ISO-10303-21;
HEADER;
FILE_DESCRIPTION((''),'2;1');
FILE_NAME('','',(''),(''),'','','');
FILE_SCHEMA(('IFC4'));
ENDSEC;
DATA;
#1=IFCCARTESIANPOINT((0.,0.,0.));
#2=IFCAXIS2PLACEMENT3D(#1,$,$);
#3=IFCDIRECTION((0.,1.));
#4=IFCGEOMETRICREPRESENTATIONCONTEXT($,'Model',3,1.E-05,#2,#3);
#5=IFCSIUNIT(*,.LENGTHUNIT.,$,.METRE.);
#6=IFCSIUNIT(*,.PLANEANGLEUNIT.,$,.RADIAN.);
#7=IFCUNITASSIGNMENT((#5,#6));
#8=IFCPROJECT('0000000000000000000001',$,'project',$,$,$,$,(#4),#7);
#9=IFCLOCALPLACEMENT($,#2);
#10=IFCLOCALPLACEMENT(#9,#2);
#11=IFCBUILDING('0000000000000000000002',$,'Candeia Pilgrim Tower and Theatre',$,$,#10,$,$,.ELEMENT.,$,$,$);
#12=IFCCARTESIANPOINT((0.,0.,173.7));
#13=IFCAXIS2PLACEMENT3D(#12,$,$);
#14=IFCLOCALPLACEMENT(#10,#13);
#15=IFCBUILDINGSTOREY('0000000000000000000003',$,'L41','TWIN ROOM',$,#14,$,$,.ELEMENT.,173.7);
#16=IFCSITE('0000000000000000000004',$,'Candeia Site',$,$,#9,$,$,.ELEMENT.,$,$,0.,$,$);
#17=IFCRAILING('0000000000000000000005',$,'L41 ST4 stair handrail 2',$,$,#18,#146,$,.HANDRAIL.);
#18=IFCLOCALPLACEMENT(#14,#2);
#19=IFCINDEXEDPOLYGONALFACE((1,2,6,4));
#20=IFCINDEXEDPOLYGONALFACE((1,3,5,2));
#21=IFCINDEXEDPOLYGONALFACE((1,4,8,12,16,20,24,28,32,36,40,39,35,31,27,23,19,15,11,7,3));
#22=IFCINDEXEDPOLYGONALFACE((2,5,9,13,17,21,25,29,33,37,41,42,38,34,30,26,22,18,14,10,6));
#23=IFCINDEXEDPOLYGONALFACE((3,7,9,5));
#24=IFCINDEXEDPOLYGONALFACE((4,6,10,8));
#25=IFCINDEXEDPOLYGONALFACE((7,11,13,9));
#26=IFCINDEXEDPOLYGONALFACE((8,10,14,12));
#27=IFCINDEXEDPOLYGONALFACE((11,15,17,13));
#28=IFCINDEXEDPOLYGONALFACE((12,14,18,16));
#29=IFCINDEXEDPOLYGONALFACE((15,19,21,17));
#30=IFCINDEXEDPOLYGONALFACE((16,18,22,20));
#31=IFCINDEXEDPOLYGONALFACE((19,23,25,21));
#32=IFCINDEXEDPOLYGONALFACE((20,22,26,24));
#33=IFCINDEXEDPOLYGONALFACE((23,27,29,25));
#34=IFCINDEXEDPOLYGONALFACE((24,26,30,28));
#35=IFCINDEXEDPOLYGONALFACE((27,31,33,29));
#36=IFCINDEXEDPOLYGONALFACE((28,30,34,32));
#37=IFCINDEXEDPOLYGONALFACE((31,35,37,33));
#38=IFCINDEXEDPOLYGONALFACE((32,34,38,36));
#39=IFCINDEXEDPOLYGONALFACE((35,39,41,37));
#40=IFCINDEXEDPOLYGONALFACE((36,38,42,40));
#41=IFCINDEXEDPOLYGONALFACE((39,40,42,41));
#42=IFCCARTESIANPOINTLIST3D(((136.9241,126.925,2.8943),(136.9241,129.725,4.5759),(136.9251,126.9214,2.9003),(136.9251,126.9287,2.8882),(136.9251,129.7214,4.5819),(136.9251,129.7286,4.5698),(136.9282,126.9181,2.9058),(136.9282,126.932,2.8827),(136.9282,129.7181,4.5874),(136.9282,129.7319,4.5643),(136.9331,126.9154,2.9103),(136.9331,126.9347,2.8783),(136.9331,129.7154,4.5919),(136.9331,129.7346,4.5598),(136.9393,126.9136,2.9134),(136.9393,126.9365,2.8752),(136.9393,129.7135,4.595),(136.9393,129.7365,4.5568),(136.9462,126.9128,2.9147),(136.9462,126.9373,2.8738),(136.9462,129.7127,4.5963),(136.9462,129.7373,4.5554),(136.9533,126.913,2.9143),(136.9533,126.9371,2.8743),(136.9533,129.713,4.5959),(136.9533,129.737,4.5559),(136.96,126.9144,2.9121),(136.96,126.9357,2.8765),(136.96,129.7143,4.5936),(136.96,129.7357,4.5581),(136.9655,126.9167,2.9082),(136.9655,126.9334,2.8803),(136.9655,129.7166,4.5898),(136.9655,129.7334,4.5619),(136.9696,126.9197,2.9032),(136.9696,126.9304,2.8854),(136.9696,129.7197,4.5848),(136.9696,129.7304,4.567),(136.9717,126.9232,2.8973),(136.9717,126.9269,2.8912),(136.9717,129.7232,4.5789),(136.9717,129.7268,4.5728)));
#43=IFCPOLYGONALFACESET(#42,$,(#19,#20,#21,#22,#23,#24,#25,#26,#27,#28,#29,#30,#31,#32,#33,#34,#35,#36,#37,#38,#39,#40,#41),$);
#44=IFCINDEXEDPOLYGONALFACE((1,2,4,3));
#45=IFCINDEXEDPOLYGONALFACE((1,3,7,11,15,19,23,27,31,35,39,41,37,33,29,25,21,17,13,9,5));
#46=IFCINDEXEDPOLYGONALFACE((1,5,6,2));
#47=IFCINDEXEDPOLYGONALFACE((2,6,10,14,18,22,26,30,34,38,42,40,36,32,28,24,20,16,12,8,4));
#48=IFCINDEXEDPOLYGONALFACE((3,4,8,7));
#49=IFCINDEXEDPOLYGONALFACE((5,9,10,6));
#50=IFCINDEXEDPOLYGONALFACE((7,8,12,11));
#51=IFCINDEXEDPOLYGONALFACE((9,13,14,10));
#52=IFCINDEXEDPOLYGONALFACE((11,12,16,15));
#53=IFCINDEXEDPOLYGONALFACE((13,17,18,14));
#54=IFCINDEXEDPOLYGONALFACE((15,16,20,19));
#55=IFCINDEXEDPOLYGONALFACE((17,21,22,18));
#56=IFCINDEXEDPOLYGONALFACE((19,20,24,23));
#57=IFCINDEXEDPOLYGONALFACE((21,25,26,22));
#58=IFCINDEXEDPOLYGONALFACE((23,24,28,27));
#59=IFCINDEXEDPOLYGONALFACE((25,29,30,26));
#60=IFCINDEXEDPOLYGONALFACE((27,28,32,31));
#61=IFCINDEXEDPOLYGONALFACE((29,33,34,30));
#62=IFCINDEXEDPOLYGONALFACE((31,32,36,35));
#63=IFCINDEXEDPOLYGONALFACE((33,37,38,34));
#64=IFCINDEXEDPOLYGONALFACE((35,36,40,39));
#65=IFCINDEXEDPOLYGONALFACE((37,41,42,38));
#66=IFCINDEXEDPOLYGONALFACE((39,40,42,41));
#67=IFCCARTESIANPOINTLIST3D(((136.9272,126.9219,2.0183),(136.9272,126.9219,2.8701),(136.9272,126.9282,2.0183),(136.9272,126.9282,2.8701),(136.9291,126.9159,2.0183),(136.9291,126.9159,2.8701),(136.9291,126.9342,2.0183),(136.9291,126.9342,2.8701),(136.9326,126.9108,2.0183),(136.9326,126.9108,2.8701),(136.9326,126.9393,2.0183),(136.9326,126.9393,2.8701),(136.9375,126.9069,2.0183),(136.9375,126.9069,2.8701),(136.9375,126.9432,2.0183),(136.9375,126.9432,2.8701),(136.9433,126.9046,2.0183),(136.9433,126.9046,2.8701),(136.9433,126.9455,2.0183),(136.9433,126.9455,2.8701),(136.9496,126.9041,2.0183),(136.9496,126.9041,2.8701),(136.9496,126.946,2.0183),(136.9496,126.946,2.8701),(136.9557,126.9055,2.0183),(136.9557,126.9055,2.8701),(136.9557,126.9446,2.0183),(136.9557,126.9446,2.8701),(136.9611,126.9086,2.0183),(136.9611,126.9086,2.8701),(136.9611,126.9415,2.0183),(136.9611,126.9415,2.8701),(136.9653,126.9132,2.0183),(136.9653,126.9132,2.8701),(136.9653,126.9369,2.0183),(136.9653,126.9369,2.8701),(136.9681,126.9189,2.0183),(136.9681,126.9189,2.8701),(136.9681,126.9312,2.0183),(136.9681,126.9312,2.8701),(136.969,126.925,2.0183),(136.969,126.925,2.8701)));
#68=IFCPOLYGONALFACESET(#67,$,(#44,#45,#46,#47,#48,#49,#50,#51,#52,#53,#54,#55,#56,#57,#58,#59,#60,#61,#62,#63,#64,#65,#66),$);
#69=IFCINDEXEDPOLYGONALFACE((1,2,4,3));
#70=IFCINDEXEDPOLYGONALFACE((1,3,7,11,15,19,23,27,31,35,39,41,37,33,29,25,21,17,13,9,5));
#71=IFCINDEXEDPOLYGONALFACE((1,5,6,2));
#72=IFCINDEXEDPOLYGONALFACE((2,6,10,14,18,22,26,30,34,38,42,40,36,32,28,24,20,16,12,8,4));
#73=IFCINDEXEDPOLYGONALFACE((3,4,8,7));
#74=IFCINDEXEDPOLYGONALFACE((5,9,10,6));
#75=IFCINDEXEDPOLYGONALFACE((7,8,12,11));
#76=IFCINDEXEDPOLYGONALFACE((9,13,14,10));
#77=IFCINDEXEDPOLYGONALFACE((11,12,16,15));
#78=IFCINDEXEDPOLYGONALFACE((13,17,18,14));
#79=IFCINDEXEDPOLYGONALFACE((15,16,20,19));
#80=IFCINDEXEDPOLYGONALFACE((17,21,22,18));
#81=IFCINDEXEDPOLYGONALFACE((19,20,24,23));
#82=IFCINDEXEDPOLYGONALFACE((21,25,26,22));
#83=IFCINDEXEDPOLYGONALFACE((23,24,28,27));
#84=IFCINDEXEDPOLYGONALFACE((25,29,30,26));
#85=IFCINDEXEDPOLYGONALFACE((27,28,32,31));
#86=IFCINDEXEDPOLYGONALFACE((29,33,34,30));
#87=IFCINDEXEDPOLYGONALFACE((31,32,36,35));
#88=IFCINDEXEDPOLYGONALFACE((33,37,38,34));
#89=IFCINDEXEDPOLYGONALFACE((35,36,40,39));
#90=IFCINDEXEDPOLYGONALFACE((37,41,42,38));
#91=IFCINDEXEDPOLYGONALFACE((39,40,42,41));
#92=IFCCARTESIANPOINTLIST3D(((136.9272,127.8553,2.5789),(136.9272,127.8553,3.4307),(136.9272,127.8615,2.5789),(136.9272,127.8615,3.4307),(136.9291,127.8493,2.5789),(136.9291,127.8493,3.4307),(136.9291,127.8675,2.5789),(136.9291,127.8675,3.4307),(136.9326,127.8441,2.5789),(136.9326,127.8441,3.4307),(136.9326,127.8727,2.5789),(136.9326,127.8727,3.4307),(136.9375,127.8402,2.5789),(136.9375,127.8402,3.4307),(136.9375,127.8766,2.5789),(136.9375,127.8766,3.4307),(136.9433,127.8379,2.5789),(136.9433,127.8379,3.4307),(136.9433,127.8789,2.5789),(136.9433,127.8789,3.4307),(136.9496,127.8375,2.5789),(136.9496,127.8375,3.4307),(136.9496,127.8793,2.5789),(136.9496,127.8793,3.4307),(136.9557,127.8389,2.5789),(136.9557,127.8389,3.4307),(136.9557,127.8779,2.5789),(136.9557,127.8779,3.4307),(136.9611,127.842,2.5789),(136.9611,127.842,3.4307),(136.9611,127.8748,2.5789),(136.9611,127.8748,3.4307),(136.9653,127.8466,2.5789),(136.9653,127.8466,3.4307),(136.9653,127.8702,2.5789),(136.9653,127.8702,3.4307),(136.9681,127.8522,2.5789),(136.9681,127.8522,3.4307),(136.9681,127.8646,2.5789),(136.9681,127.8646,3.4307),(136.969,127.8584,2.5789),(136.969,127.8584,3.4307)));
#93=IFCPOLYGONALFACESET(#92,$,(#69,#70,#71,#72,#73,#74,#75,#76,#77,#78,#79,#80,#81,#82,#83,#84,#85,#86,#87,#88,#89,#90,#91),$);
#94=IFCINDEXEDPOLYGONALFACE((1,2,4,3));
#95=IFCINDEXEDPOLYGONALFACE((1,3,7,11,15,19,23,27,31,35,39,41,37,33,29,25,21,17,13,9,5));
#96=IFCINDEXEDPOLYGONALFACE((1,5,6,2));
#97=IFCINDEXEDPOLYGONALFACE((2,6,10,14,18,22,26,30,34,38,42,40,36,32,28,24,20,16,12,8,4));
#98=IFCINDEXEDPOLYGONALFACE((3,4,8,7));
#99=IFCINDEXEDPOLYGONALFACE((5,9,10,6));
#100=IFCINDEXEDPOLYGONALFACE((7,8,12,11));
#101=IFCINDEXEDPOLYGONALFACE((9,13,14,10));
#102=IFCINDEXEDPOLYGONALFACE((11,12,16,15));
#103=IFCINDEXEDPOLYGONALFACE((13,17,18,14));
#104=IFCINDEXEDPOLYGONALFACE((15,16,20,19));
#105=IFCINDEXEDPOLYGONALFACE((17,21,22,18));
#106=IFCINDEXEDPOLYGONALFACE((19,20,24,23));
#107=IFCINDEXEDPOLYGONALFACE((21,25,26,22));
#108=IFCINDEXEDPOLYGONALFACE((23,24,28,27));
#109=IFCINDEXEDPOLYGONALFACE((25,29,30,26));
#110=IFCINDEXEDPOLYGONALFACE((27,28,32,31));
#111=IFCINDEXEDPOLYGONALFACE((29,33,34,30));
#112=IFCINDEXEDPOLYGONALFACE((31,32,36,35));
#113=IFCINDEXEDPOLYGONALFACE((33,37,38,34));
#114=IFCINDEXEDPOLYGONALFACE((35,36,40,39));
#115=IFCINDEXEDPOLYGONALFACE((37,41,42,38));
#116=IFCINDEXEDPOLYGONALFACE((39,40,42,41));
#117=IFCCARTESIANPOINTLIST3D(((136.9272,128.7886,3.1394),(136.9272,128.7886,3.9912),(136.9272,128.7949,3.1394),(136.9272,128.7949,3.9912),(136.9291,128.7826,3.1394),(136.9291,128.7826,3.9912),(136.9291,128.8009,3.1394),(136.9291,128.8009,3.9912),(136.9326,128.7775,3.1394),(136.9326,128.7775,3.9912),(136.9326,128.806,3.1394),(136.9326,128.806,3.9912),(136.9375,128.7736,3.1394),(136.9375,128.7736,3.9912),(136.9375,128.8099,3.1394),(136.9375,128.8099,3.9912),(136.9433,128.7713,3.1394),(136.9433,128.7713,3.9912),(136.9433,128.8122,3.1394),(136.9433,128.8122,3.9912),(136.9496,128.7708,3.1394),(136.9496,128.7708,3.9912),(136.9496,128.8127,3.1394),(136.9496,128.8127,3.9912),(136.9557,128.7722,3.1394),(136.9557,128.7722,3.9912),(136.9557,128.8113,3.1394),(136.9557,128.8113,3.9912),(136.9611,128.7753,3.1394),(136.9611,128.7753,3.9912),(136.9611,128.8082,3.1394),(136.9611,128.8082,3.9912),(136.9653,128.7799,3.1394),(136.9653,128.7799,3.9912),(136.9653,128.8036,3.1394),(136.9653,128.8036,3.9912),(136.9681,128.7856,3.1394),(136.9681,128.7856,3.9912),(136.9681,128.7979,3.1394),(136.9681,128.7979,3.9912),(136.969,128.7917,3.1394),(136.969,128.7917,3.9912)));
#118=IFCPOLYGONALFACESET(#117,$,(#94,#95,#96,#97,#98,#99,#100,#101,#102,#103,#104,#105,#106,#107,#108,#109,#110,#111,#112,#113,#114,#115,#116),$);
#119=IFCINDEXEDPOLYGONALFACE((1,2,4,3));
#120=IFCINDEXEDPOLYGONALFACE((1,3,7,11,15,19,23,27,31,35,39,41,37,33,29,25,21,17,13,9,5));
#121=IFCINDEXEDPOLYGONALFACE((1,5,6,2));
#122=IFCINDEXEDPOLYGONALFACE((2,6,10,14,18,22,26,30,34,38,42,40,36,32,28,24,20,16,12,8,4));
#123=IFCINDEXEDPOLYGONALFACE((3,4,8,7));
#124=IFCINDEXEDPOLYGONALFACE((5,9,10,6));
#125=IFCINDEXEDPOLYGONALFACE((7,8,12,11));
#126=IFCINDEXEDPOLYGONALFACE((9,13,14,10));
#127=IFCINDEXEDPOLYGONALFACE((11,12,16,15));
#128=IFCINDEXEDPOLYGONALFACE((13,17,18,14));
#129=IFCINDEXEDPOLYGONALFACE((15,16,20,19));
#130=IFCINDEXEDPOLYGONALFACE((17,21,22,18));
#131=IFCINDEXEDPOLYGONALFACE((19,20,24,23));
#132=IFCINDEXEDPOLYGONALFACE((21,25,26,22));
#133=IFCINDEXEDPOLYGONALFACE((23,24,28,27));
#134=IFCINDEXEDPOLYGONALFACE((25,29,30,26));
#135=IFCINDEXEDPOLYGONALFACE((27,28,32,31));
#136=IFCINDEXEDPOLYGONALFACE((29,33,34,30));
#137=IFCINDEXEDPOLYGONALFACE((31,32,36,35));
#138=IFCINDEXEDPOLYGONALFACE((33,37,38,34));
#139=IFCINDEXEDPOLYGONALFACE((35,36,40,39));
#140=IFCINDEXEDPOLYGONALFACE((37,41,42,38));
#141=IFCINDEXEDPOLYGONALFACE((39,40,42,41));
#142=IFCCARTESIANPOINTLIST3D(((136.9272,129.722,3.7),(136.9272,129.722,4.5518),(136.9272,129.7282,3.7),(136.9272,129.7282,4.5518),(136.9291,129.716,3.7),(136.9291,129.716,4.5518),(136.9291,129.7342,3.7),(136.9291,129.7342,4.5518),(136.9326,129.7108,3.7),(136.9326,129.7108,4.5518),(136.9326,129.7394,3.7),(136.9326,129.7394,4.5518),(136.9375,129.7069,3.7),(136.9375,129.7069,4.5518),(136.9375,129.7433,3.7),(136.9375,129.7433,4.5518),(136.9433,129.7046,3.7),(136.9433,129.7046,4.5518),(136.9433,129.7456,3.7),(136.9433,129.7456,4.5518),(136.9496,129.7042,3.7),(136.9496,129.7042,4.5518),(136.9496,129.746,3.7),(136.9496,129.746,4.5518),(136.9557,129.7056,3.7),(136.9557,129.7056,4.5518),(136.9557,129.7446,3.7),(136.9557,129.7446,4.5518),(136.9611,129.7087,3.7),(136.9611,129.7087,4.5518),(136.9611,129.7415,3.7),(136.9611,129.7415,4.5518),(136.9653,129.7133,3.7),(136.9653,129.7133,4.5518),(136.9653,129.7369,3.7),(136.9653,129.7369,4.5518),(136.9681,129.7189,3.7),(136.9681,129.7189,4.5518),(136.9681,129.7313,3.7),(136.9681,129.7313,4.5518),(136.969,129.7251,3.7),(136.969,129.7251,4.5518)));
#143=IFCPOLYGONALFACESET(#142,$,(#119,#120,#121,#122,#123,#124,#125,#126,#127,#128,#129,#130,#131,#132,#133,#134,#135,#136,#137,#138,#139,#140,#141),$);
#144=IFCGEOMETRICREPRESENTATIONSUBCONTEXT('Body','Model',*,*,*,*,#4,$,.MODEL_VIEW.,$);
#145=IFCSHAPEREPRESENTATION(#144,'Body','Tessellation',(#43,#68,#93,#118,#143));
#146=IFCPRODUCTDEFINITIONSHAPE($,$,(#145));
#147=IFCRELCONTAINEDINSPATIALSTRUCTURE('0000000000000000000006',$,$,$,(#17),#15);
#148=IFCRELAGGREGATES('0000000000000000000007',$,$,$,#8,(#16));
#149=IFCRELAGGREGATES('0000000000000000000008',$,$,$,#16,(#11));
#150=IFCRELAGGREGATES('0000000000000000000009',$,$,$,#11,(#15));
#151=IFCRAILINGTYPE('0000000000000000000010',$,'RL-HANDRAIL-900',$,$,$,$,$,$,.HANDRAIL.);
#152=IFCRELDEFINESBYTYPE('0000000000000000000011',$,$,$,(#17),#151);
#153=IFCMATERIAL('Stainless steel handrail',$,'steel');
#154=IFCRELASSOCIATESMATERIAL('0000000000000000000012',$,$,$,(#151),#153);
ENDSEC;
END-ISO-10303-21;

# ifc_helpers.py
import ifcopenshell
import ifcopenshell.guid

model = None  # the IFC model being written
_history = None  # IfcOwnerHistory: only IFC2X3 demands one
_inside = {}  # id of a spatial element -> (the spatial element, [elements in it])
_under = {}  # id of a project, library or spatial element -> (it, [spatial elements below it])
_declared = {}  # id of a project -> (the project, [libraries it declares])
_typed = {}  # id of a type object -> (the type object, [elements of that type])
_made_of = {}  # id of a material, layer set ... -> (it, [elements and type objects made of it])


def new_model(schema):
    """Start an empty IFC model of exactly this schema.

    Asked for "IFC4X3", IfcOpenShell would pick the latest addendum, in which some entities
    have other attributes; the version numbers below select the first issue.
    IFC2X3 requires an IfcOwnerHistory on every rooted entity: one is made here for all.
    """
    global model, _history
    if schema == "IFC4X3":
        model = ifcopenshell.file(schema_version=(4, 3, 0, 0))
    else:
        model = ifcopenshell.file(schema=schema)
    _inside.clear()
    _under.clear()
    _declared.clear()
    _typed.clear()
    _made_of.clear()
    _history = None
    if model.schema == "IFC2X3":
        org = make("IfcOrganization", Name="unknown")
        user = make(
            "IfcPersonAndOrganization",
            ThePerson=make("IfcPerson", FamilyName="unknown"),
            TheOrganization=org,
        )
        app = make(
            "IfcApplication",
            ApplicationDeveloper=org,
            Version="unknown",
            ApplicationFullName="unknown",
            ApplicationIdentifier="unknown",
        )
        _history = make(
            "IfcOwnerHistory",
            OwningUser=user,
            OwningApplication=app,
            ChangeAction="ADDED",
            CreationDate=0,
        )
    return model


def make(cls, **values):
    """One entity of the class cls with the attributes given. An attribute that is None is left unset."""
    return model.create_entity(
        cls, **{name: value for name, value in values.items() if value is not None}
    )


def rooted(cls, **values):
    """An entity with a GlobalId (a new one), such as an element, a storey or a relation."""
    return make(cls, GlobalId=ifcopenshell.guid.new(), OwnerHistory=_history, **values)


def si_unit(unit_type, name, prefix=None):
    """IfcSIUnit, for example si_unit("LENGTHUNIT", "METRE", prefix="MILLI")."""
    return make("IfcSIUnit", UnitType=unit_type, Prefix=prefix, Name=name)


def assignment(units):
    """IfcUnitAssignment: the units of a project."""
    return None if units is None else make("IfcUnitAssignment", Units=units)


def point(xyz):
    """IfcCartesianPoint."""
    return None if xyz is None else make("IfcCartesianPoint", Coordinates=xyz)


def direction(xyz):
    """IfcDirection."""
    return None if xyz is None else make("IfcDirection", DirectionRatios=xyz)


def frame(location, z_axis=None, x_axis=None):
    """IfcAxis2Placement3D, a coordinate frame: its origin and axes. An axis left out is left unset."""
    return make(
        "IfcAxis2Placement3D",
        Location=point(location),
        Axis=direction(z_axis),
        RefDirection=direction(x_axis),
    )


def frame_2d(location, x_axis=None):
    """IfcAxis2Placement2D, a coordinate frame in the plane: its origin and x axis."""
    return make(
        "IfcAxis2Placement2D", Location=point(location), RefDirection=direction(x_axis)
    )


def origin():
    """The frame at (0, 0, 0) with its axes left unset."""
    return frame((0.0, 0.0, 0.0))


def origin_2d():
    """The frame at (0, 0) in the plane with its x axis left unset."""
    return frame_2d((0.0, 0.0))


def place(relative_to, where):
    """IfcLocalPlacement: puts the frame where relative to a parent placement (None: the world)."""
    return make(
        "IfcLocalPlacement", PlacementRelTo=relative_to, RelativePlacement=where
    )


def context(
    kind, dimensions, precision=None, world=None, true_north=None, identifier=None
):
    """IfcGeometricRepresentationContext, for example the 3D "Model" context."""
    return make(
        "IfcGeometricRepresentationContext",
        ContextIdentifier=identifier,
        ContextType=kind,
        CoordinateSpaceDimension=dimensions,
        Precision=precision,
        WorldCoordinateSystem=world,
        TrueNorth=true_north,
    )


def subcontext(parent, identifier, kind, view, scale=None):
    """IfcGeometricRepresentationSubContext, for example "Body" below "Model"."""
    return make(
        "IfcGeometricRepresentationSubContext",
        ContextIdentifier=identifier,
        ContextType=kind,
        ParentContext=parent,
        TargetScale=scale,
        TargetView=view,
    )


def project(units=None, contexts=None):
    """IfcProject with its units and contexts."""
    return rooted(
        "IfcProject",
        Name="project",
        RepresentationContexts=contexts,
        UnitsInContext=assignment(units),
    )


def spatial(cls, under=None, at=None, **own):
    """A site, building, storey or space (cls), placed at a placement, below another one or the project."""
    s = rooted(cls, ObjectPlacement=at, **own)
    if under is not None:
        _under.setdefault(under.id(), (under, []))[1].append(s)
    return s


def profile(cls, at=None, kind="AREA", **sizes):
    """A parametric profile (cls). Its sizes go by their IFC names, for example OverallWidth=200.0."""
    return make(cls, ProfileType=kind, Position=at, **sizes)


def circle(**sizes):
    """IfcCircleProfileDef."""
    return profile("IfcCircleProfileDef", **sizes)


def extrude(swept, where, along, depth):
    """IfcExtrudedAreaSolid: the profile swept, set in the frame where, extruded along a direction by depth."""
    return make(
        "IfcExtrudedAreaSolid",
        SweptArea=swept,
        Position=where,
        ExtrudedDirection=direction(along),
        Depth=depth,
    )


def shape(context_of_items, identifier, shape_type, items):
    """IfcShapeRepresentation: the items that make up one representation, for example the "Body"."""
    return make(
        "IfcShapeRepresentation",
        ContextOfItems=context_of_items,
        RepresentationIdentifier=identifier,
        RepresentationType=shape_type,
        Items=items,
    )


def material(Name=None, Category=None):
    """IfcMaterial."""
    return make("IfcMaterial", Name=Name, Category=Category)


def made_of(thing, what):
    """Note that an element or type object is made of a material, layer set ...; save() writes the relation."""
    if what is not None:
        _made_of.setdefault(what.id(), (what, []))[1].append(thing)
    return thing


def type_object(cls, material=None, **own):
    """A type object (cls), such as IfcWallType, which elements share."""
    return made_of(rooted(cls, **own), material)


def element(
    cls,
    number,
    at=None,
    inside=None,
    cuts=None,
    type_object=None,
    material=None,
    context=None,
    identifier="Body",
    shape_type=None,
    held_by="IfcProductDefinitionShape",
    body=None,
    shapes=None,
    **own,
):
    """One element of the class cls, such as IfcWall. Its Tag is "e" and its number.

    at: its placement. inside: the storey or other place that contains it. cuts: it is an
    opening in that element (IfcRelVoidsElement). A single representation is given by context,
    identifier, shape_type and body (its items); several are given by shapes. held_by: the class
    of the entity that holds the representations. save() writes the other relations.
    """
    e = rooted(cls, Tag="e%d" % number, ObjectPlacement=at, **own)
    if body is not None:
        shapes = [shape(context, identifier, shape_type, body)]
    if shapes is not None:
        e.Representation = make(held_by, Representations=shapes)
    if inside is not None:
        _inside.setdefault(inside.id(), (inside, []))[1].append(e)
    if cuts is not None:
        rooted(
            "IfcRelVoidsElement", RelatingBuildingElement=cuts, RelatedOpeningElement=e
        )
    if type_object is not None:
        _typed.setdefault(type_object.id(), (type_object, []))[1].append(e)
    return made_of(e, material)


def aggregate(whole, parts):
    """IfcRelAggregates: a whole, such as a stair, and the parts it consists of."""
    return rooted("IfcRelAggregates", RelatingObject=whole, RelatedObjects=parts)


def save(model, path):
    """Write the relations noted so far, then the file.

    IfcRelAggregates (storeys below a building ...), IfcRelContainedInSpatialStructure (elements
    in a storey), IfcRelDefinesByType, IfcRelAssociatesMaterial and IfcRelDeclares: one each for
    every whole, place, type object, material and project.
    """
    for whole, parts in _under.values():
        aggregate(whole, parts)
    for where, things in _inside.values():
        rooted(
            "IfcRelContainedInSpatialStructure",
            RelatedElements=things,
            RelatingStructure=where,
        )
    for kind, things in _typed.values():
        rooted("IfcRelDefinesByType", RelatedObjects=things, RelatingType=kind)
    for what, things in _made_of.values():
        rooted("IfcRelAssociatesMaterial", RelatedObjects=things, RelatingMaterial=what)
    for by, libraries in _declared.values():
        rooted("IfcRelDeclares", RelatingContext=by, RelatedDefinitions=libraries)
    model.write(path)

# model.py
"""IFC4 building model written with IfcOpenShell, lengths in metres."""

from ifc_helpers import new_model, si_unit, direction, frame, origin, origin_2d, place, context, subcontext, project, spatial, circle, extrude, material, type_object, element, save


model = new_model("IFC4")

# Units and contexts
model_context = context("Model", 3, precision=1e-05, world=origin(), true_north=direction((0.0, 1.0)))
body_context = subcontext(model_context, "Body", "Model", "MODEL_VIEW")
ifc_project = project(units=[si_unit("LENGTHUNIT", "METRE"), si_unit("PLANEANGLEUNIT", "RADIAN")], contexts=[model_context])

# Site, building, storey
site_placement = place(None, origin())
site = spatial("IfcSite", under=ifc_project, at=site_placement, Name="Candeia Site", CompositionType="ELEMENT", RefElevation=0.0)
building_placement = place(site_placement, origin())
building = spatial("IfcBuilding", under=site, at=building_placement, Name="Candeia Pilgrim Tower and Theatre", CompositionType="ELEMENT")
storey_placement = place(building_placement, frame((0.0, 0.0, 173.7)))
storey = spatial("IfcBuildingStorey", under=building, at=storey_placement, Name="L41", Description="TWIN ROOM", CompositionType="ELEMENT", Elevation=173.7)

# Railing
ifc_material_1 = material(Name="Stainless steel handrail", Category="steel")
railing_type_1 = type_object("IfcRailingType", Name="RL-HANDRAIL-900", PredefinedType="HANDRAIL", material=ifc_material_1)
railing_1_placement = place(storey_placement, frame((136.948, 126.925, 2.0183)))
element("IfcRailing", 1, at=railing_1_placement, inside=storey, type_object=railing_type_1, Name="L41 ST4 stair handrail 2", PredefinedType="HANDRAIL", context=body_context, shape_type="SweptSolid", body=[
    extrude(circle(Radius=0.0239, at=origin_2d()), frame((0.0, 0.0, 0.876), z_axis=(0.0, 0.857275, 0.514858), x_axis=(-1.0, 0.0, 0.0)), (0.0, 0.0, 1.0), 3.2661),
    extrude(circle(Radius=0.021, at=origin_2d()), origin(), (0.0, 0.0, 1.0), 0.8518),
    extrude(circle(Radius=0.021, at=origin_2d()), frame((0.0, 0.9333, 0.5605)), (0.0, 0.0, 1.0), 0.8518),
    extrude(circle(Radius=0.021, at=origin_2d()), frame((0.0, 1.8667, 1.1211)), (0.0, 0.0, 1.0), 0.8518),
    extrude(circle(Radius=0.021, at=origin_2d()), frame((0.0, 2.8, 1.6816)), (0.0, 0.0, 1.0), 0.8518),
])

save(model, "model.ifc")
